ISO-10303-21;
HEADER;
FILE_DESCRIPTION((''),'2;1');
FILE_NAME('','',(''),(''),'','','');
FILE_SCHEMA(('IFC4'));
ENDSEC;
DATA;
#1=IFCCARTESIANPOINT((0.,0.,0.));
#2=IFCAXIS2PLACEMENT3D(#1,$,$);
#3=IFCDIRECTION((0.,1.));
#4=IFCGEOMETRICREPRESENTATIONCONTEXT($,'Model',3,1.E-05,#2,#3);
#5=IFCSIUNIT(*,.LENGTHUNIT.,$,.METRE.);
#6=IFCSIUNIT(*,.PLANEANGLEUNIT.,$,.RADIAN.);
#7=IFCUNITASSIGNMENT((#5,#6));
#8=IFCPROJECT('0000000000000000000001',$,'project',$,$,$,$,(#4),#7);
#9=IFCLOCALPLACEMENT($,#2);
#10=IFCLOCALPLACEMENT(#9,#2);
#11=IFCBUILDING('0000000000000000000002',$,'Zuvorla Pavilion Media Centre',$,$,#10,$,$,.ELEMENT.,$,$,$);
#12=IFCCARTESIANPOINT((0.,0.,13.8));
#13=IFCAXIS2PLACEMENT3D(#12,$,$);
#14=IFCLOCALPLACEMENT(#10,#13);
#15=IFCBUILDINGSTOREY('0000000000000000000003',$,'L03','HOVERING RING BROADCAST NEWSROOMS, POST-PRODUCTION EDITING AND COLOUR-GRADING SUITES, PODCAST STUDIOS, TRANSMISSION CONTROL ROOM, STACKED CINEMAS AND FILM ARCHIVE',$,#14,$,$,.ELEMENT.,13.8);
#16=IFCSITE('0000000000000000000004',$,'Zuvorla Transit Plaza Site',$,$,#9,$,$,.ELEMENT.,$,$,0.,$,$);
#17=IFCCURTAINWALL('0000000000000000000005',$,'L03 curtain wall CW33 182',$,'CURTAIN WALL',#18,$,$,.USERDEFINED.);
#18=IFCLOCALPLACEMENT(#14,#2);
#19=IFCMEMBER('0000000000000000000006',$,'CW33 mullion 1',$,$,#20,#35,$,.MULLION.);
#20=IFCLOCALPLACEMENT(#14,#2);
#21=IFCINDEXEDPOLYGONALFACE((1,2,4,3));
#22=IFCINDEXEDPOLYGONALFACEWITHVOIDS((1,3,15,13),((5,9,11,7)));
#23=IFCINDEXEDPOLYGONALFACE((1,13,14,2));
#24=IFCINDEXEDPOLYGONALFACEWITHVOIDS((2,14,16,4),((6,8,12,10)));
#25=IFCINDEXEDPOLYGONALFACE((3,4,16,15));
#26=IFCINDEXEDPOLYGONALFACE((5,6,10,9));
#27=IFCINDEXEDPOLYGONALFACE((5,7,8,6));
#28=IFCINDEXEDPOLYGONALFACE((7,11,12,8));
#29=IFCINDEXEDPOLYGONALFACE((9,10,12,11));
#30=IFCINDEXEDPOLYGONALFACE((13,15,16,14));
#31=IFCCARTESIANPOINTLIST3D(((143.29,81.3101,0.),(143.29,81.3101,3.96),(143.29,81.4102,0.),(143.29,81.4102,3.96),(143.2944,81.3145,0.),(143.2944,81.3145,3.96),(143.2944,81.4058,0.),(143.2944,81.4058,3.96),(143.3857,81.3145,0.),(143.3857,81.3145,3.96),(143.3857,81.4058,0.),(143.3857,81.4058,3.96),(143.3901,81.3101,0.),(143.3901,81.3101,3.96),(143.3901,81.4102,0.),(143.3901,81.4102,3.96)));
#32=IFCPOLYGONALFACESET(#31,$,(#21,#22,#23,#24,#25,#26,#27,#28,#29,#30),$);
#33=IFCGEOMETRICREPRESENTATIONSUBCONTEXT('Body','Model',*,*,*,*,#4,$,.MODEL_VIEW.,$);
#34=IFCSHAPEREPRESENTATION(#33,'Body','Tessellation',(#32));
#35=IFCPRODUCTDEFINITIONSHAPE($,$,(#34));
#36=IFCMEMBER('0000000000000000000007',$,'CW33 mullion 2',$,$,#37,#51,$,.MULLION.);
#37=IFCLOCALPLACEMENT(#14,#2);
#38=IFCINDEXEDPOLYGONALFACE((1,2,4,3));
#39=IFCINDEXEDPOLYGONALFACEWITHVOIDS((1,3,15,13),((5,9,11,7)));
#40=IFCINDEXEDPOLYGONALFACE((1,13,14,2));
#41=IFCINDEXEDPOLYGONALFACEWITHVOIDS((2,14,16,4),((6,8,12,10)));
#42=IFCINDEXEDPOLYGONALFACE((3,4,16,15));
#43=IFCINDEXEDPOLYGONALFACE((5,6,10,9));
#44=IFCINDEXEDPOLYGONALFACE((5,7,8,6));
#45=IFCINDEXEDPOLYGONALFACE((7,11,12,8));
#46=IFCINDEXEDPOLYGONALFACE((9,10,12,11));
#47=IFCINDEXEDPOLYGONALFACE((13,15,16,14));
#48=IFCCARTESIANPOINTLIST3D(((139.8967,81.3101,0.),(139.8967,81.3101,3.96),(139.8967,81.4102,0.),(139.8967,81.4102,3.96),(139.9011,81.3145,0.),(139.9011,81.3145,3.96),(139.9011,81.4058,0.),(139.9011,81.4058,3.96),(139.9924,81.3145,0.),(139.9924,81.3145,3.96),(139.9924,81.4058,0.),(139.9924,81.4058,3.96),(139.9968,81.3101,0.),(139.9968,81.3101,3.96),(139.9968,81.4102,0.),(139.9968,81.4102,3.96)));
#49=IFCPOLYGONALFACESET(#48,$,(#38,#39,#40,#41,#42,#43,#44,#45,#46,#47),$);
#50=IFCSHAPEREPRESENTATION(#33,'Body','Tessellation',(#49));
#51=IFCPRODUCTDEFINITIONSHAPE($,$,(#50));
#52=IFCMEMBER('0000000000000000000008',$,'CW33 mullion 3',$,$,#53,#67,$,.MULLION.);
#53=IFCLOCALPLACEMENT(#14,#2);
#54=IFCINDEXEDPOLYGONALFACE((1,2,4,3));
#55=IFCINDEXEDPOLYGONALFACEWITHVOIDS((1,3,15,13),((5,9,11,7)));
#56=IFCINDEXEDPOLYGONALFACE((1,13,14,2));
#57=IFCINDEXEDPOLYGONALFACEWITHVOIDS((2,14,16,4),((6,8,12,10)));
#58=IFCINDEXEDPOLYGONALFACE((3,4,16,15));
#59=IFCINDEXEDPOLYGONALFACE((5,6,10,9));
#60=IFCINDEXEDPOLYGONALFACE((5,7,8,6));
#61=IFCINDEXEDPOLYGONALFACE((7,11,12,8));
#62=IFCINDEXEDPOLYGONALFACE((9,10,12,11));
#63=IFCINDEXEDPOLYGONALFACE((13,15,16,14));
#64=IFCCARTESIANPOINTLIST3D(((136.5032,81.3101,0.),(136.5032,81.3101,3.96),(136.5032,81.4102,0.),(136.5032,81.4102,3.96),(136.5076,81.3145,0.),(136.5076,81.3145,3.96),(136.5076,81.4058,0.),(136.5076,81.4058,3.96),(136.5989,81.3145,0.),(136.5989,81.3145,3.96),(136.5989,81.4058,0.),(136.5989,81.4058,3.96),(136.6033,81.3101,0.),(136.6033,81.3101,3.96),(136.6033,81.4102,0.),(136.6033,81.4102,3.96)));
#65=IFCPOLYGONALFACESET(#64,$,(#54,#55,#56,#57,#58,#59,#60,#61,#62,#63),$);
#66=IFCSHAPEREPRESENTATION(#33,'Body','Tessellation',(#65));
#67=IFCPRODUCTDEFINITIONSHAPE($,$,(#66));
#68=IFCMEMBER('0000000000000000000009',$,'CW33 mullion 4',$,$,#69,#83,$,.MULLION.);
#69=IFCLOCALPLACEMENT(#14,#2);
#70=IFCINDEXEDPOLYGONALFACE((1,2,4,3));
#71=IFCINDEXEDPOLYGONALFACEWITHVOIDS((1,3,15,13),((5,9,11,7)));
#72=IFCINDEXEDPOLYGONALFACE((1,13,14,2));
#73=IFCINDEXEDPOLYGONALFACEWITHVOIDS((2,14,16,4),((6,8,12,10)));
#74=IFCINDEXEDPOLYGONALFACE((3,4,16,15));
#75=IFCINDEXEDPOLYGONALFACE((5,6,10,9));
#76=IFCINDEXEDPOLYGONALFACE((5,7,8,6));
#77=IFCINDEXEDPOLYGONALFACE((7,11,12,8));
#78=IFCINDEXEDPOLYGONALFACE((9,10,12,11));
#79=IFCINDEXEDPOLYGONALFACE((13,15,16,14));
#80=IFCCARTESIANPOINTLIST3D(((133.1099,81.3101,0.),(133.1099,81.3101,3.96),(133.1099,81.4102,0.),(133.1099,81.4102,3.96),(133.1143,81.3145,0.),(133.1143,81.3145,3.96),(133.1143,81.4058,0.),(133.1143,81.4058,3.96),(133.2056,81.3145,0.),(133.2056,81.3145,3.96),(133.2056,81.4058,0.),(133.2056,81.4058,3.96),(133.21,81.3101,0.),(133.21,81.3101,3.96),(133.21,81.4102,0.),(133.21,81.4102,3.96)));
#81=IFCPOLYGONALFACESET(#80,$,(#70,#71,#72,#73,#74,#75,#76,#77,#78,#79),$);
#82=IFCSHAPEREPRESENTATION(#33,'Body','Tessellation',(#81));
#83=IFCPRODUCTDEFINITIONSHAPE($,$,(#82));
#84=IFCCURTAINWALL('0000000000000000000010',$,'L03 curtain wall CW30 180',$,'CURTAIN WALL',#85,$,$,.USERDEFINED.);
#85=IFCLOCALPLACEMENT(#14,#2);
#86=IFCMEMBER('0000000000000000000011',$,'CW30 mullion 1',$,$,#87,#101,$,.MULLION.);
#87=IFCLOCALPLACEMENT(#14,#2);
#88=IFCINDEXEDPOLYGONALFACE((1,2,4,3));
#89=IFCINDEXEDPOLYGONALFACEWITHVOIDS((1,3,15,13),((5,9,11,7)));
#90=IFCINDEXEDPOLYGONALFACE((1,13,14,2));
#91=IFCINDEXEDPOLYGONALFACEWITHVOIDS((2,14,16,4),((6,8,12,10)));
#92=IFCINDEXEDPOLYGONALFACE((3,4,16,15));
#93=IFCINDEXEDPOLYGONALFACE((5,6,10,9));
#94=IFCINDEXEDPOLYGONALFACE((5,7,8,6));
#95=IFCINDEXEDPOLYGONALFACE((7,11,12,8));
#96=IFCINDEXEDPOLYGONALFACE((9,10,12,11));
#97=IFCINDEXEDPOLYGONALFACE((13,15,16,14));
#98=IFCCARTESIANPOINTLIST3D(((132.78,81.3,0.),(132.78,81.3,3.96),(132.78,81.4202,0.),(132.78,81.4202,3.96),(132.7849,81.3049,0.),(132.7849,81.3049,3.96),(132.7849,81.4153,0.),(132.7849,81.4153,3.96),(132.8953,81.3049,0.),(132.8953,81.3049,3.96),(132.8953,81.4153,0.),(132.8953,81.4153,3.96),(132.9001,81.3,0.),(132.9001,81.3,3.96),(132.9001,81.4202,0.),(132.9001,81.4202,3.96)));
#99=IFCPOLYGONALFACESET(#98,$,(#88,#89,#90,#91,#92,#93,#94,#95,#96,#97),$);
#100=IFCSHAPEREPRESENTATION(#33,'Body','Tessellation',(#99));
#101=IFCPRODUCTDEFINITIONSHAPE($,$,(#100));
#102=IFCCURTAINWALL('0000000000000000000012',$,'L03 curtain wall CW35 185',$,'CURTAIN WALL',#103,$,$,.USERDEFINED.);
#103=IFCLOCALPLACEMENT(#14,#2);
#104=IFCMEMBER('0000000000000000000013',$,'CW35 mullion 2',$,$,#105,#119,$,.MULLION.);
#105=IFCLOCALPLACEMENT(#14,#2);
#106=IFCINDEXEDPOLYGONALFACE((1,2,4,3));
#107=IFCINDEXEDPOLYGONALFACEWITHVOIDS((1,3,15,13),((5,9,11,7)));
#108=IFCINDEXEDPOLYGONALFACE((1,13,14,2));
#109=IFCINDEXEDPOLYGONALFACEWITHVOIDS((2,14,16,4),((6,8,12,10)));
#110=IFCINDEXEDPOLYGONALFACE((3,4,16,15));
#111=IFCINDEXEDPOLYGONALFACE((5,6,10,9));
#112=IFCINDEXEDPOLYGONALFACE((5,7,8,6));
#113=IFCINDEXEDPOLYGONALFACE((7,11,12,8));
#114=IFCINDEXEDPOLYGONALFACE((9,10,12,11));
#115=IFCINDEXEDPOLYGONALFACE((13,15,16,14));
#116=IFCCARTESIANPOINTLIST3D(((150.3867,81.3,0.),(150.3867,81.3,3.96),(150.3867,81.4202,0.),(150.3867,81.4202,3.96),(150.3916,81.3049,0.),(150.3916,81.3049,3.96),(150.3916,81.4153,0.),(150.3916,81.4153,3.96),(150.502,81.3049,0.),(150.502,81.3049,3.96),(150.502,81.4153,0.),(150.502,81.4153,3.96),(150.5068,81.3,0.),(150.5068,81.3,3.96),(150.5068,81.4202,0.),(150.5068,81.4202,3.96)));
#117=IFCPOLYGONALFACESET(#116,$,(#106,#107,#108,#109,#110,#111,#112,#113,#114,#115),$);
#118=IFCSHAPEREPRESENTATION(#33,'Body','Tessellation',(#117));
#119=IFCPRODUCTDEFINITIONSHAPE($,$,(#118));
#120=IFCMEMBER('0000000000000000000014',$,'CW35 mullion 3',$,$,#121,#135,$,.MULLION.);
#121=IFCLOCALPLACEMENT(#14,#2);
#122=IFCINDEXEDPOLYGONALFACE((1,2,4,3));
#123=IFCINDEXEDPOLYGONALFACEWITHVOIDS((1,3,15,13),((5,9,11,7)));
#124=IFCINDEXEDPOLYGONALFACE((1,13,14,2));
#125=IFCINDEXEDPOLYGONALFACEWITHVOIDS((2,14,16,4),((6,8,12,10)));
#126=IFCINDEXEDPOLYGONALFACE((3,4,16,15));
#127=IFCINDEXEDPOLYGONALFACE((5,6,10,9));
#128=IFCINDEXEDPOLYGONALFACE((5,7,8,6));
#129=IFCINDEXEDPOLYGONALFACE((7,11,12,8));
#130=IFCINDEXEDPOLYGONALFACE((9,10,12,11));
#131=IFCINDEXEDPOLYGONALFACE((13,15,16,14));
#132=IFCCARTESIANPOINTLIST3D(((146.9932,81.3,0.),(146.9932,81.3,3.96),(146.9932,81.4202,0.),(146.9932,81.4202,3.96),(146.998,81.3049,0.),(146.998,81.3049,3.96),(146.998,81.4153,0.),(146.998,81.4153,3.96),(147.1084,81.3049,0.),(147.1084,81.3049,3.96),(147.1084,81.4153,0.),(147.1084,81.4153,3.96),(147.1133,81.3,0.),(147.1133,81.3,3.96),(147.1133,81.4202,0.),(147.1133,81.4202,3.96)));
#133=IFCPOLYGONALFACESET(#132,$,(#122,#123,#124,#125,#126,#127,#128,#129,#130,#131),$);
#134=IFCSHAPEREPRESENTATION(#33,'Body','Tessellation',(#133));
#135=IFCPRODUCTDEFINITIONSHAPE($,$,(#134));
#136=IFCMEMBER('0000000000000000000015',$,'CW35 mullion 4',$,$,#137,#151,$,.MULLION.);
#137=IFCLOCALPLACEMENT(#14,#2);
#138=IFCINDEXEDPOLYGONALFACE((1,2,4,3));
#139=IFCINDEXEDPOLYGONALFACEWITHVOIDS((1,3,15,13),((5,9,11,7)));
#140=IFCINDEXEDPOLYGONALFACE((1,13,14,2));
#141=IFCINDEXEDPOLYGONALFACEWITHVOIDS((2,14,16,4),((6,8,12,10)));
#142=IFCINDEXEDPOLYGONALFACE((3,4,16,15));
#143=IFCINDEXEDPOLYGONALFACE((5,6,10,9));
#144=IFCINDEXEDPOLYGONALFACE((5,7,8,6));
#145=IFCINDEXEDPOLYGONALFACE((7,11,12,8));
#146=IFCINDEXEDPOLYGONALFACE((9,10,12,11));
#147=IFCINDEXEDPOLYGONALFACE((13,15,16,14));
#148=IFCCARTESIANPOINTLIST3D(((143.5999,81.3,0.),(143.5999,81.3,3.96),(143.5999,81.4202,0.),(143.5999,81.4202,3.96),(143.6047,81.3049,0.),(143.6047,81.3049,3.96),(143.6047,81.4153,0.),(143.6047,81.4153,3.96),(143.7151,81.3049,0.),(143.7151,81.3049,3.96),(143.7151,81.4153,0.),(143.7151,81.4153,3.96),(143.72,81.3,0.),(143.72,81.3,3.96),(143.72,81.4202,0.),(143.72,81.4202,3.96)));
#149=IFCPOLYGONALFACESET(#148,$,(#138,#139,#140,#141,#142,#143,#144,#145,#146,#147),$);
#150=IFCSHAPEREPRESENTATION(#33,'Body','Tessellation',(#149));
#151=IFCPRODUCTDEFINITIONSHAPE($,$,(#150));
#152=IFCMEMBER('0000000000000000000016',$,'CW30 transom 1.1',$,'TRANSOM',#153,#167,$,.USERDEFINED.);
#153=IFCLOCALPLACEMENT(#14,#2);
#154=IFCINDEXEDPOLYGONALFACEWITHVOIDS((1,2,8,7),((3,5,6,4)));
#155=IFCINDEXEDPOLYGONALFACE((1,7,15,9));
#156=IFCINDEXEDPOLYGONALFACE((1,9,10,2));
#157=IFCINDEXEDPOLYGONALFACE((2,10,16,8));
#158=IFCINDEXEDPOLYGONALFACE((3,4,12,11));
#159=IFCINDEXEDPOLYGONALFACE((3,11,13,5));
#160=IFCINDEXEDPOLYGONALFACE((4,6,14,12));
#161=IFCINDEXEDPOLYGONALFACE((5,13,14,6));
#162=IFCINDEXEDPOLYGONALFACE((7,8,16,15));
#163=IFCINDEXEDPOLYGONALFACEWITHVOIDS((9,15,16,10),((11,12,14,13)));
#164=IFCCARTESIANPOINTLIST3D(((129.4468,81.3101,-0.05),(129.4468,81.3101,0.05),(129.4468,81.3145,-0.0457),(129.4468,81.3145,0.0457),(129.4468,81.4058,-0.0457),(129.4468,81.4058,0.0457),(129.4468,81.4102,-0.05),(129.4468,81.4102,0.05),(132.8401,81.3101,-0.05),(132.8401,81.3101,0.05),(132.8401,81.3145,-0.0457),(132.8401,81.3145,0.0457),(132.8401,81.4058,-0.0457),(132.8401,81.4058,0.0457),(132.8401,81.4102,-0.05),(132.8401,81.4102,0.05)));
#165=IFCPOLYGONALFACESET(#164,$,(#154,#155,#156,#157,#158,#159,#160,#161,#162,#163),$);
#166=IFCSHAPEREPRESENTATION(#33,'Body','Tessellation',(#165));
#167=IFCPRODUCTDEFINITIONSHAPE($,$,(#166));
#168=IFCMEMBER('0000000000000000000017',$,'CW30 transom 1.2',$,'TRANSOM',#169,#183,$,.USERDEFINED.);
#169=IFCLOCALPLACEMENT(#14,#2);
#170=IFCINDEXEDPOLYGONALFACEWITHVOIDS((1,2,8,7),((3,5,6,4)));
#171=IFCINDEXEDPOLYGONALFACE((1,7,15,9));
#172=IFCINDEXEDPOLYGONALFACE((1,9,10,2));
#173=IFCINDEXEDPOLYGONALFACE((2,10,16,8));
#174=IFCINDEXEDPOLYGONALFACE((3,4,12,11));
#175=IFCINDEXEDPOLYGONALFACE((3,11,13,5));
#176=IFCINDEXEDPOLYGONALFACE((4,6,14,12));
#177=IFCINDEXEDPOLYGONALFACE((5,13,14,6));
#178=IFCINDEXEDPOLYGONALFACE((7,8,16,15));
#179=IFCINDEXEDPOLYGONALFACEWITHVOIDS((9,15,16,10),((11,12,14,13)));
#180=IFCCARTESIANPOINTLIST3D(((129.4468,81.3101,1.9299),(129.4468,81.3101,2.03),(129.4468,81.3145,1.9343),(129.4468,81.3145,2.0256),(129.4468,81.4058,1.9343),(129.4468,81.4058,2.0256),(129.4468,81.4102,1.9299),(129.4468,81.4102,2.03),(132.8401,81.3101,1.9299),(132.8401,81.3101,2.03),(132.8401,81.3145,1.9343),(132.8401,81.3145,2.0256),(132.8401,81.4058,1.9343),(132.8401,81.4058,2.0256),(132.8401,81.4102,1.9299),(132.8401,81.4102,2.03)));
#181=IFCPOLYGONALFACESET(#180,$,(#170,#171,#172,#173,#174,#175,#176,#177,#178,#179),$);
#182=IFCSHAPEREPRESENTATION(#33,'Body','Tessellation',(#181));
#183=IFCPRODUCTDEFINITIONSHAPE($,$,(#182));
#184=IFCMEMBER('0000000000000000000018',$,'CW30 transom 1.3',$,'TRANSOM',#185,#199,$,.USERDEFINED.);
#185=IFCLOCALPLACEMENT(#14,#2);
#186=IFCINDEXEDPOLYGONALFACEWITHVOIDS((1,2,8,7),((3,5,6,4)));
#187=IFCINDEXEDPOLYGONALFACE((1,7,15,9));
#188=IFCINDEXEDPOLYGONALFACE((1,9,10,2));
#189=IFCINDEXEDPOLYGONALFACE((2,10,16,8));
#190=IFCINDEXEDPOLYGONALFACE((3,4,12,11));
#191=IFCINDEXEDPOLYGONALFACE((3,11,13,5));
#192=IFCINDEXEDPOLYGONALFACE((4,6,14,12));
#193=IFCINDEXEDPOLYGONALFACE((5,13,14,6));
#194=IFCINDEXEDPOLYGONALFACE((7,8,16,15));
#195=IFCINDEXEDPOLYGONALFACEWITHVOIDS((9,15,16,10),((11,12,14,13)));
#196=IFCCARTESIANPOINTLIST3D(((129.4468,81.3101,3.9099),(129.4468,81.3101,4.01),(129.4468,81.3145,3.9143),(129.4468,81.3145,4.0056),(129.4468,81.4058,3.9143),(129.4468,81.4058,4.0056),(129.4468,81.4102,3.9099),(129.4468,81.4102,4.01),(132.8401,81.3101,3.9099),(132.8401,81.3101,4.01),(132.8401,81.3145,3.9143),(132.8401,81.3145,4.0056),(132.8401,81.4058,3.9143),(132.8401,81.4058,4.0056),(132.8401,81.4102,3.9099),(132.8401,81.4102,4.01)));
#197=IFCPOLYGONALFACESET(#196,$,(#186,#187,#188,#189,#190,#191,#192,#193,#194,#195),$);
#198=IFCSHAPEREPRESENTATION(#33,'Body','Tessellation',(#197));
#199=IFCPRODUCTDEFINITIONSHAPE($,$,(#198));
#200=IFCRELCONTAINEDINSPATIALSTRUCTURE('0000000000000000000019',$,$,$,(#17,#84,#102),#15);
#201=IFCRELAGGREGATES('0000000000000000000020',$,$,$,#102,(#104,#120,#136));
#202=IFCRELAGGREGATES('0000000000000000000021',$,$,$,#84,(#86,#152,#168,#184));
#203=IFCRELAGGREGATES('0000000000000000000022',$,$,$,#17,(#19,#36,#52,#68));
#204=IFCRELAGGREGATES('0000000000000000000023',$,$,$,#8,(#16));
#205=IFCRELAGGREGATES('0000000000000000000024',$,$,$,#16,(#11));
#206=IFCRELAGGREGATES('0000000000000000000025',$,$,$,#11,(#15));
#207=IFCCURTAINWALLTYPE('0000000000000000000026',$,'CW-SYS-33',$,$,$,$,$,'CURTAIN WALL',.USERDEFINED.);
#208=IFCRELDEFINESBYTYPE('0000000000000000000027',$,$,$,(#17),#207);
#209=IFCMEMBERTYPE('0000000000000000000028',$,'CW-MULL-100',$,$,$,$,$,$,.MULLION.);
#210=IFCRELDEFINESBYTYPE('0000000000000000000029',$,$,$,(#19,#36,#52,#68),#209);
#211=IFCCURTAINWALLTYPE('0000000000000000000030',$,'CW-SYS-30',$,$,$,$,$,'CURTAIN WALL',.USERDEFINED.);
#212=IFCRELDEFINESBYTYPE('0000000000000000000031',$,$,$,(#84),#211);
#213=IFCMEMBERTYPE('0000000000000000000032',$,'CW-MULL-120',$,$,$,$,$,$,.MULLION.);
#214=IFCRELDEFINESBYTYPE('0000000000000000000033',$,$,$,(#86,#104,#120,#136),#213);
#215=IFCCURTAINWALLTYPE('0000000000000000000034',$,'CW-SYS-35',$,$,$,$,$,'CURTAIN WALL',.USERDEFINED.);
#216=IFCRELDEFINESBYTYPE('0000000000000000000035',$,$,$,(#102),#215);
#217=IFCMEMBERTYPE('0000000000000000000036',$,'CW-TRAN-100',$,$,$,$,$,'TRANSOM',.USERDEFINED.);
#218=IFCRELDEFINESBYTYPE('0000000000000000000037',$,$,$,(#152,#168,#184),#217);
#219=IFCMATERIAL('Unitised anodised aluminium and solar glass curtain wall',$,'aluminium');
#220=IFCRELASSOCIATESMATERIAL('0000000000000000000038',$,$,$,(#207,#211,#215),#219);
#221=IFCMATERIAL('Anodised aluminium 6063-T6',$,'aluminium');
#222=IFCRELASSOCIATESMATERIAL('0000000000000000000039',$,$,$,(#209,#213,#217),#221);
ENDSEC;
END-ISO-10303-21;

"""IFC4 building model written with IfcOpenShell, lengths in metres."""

from ifc_helpers import new_model, si_unit, direction, frame, origin, origin_2d, place, context, subcontext, project, spatial, hollow_rectangle, extrude, material, material_profile, profile_set, type_object, element, aggregate, save


model = new_model("IFC4")

# Units and contexts
model_context = context("Model", 3, precision=1e-05, world=origin(), true_north=direction((0.0, 1.0)))
body_context = subcontext(model_context, "Body", "Model", "MODEL_VIEW")
ifc_project = project(units=[si_unit("LENGTHUNIT", "METRE"), si_unit("PLANEANGLEUNIT", "RADIAN")], contexts=[model_context])

# Site, building, storey
site_placement = place(None, origin())
site = spatial("IfcSite", under=ifc_project, at=site_placement, Name="Zuvorla Transit Plaza Site", CompositionType="ELEMENT", RefElevation=0.0)
building_placement = place(site_placement, origin())
building = spatial("IfcBuilding", under=site, at=building_placement, Name="Zuvorla Pavilion Media Centre", CompositionType="ELEMENT")
storey_placement = place(building_placement, frame((0.0, 0.0, 13.8)))
storey = spatial("IfcBuildingStorey", under=building, at=storey_placement, Name="L03", Description="HOVERING RING BROADCAST NEWSROOMS, POST-PRODUCTION EDITING AND COLOUR-GRADING SUITES, PODCAST STUDIOS, TRANSMISSION CONTROL ROOM, STACKED CINEMAS AND FILM ARCHIVE", CompositionType="ELEMENT", Elevation=13.8)

# Curtain wall, members
ifc_material_1 = material(Name="Unitised anodised aluminium and solar glass curtain wall", Category="aluminium")
curtain_wall_type_1 = type_object("IfcCurtainWallType", Name="CW-SYS-33", ElementType="CURTAIN WALL", PredefinedType="USERDEFINED", material=ifc_material_1)
curtain_wall_1_placement = place(storey_placement, origin())
curtain_wall_1 = element("IfcCurtainWall", 1, at=curtain_wall_1_placement, inside=storey, type_object=curtain_wall_type_1, Name="L03 curtain wall CW33 182", ObjectType="CURTAIN WALL", PredefinedType="USERDEFINED")
ifc_material_2 = material(Name="Anodised aluminium 6063-T6", Category="aluminium")
ifc_material_profile_1 = material_profile(ifc_material_2, hollow_rectangle(XDim=0.1001, YDim=0.1001, WallThickness=0.0044, at=origin_2d()), Name="ALU MULL 100x100")
ifc_profile_set_1 = profile_set([ifc_material_profile_1], Name="Anodised aluminium 6063-T6")
member_type_1 = type_object("IfcMemberType", Name="CW-MULL-100", PredefinedType="MULLION", material=ifc_profile_set_1)
member_1_placement = place(storey_placement, frame((143.3401, 81.3601, 0.0), z_axis=(0.0, 0.0, 1.0), x_axis=(1.0, 0.0, 0.0)))
member_1 = element("IfcMember", 2, at=member_1_placement, type_object=member_type_1, Name="CW33 mullion 1", PredefinedType="MULLION", context=body_context, shape_type="SweptSolid", body=[
    extrude(hollow_rectangle(XDim=0.1001, YDim=0.1001, WallThickness=0.0044, at=origin_2d()), origin(), (0.0, 0.0, 1.0), 3.96),
])
member_2_placement = place(storey_placement, frame((139.9468, 81.3601, 0.0), z_axis=(0.0, 0.0, 1.0), x_axis=(1.0, 0.0, 0.0)))
member_2 = element("IfcMember", 3, at=member_2_placement, type_object=member_type_1, Name="CW33 mullion 2", PredefinedType="MULLION", context=body_context, shape_type="SweptSolid", body=[
    extrude(hollow_rectangle(XDim=0.1001, YDim=0.1001, WallThickness=0.0044, at=origin_2d()), origin(), (0.0, 0.0, 1.0), 3.96),
])
member_3_placement = place(storey_placement, frame((136.5532, 81.3601, 0.0), z_axis=(0.0, 0.0, 1.0), x_axis=(1.0, 0.0, 0.0)))
member_3 = element("IfcMember", 4, at=member_3_placement, type_object=member_type_1, Name="CW33 mullion 3", PredefinedType="MULLION", context=body_context, shape_type="SweptSolid", body=[
    extrude(hollow_rectangle(XDim=0.1001, YDim=0.1001, WallThickness=0.0044, at=origin_2d()), origin(), (0.0, 0.0, 1.0), 3.96),
])
member_4_placement = place(storey_placement, frame((133.1599, 81.3601, 0.0), z_axis=(0.0, 0.0, 1.0), x_axis=(1.0, 0.0, 0.0)))
member_4 = element("IfcMember", 5, at=member_4_placement, type_object=member_type_1, Name="CW33 mullion 4", PredefinedType="MULLION", context=body_context, shape_type="SweptSolid", body=[
    extrude(hollow_rectangle(XDim=0.1001, YDim=0.1001, WallThickness=0.0044, at=origin_2d()), origin(), (0.0, 0.0, 1.0), 3.96),
])

# Curtain wall, member
curtain_wall_type_2 = type_object("IfcCurtainWallType", Name="CW-SYS-30", ElementType="CURTAIN WALL", PredefinedType="USERDEFINED", material=ifc_material_1)
curtain_wall_2_placement = place(storey_placement, origin())
curtain_wall_2 = element("IfcCurtainWall", 6, at=curtain_wall_2_placement, inside=storey, type_object=curtain_wall_type_2, Name="L03 curtain wall CW30 180", ObjectType="CURTAIN WALL", PredefinedType="USERDEFINED")
ifc_material_profile_2 = material_profile(ifc_material_2, hollow_rectangle(XDim=0.1201, YDim=0.1201, WallThickness=0.0049, at=origin_2d()), Name="ALU MULL 120x120")
ifc_profile_set_2 = profile_set([ifc_material_profile_2], Name="Anodised aluminium 6063-T6")
member_type_2 = type_object("IfcMemberType", Name="CW-MULL-120", PredefinedType="MULLION", material=ifc_profile_set_2)
member_5_placement = place(storey_placement, frame((132.8401, 81.3601, 0.0), z_axis=(0.0, 0.0, 1.0), x_axis=(1.0, 0.0, 0.0)))
member_5 = element("IfcMember", 7, at=member_5_placement, type_object=member_type_2, Name="CW30 mullion 1", PredefinedType="MULLION", context=body_context, shape_type="SweptSolid", body=[
    extrude(hollow_rectangle(XDim=0.1201, YDim=0.1201, WallThickness=0.0049, at=origin_2d()), origin(), (0.0, 0.0, 1.0), 3.96),
])

# Curtain wall, members
curtain_wall_type_3 = type_object("IfcCurtainWallType", Name="CW-SYS-35", ElementType="CURTAIN WALL", PredefinedType="USERDEFINED", material=ifc_material_1)
curtain_wall_3_placement = place(storey_placement, origin())
curtain_wall_3 = element("IfcCurtainWall", 8, at=curtain_wall_3_placement, inside=storey, type_object=curtain_wall_type_3, Name="L03 curtain wall CW35 185", ObjectType="CURTAIN WALL", PredefinedType="USERDEFINED")
member_6_placement = place(storey_placement, frame((150.4468, 81.3601, 0.0), z_axis=(0.0, 0.0, 1.0), x_axis=(1.0, 0.0, 0.0)))
member_6 = element("IfcMember", 9, at=member_6_placement, type_object=member_type_2, Name="CW35 mullion 2", PredefinedType="MULLION", context=body_context, shape_type="SweptSolid", body=[
    extrude(hollow_rectangle(XDim=0.1201, YDim=0.1201, WallThickness=0.0049, at=origin_2d()), origin(), (0.0, 0.0, 1.0), 3.96),
])
member_7_placement = place(storey_placement, frame((147.0532, 81.3601, 0.0), z_axis=(0.0, 0.0, 1.0), x_axis=(1.0, 0.0, 0.0)))
member_7 = element("IfcMember", 10, at=member_7_placement, type_object=member_type_2, Name="CW35 mullion 3", PredefinedType="MULLION", context=body_context, shape_type="SweptSolid", body=[
    extrude(hollow_rectangle(XDim=0.1201, YDim=0.1201, WallThickness=0.0049, at=origin_2d()), origin(), (0.0, 0.0, 1.0), 3.96),
])
member_8_placement = place(storey_placement, frame((143.6599, 81.3601, 0.0), z_axis=(0.0, 0.0, 1.0), x_axis=(1.0, 0.0, 0.0)))
member_8 = element("IfcMember", 11, at=member_8_placement, type_object=member_type_2, Name="CW35 mullion 4", PredefinedType="MULLION", context=body_context, shape_type="SweptSolid", body=[
    extrude(hollow_rectangle(XDim=0.1201, YDim=0.1201, WallThickness=0.0049, at=origin_2d()), origin(), (0.0, 0.0, 1.0), 3.96),
])

# Members
ifc_material_profile_3 = material_profile(ifc_material_2, hollow_rectangle(XDim=0.1001, YDim=0.1001, WallThickness=0.0044, at=origin_2d()), Name="ALU TRAN 100x100")
ifc_profile_set_3 = profile_set([ifc_material_profile_3], Name="Anodised aluminium 6063-T6")
member_type_3 = type_object("IfcMemberType", Name="CW-TRAN-100", ElementType="TRANSOM", PredefinedType="USERDEFINED", material=ifc_profile_set_3)
member_9_placement = place(storey_placement, frame((132.8401, 81.3601, 0.0), z_axis=(-1.0, 0.0, 0.0), x_axis=(0.0, -1.0, 0.0)))
member_9 = element("IfcMember", 12, at=member_9_placement, type_object=member_type_3, Name="CW30 transom 1.1", ObjectType="TRANSOM", PredefinedType="USERDEFINED", context=body_context, shape_type="SweptSolid", body=[
    extrude(hollow_rectangle(XDim=0.1001, YDim=0.1001, WallThickness=0.0044, at=origin_2d()), origin(), (0.0, 0.0, 1.0), 3.3933),
])
member_10_placement = place(storey_placement, frame((132.8401, 81.3601, 1.98), z_axis=(-1.0, 0.0, 0.0), x_axis=(0.0, -1.0, 0.0)))
member_10 = element("IfcMember", 13, at=member_10_placement, type_object=member_type_3, Name="CW30 transom 1.2", ObjectType="TRANSOM", PredefinedType="USERDEFINED", context=body_context, shape_type="SweptSolid", body=[
    extrude(hollow_rectangle(XDim=0.1001, YDim=0.1001, WallThickness=0.0044, at=origin_2d()), origin(), (0.0, 0.0, 1.0), 3.3933),
])
member_11_placement = place(storey_placement, frame((132.8401, 81.3601, 3.96), z_axis=(-1.0, 0.0, 0.0), x_axis=(0.0, -1.0, 0.0)))
member_11 = element("IfcMember", 14, at=member_11_placement, type_object=member_type_3, Name="CW30 transom 1.3", ObjectType="TRANSOM", PredefinedType="USERDEFINED", context=body_context, shape_type="SweptSolid", body=[
    extrude(hollow_rectangle(XDim=0.1001, YDim=0.1001, WallThickness=0.0044, at=origin_2d()), origin(), (0.0, 0.0, 1.0), 3.3933),
])

aggregate(curtain_wall_3, [member_6, member_7, member_8])
aggregate(curtain_wall_2, [member_5, member_9, member_10, member_11])
aggregate(curtain_wall_1, [member_1, member_2, member_3, member_4])

save(model, "model.ifc")
